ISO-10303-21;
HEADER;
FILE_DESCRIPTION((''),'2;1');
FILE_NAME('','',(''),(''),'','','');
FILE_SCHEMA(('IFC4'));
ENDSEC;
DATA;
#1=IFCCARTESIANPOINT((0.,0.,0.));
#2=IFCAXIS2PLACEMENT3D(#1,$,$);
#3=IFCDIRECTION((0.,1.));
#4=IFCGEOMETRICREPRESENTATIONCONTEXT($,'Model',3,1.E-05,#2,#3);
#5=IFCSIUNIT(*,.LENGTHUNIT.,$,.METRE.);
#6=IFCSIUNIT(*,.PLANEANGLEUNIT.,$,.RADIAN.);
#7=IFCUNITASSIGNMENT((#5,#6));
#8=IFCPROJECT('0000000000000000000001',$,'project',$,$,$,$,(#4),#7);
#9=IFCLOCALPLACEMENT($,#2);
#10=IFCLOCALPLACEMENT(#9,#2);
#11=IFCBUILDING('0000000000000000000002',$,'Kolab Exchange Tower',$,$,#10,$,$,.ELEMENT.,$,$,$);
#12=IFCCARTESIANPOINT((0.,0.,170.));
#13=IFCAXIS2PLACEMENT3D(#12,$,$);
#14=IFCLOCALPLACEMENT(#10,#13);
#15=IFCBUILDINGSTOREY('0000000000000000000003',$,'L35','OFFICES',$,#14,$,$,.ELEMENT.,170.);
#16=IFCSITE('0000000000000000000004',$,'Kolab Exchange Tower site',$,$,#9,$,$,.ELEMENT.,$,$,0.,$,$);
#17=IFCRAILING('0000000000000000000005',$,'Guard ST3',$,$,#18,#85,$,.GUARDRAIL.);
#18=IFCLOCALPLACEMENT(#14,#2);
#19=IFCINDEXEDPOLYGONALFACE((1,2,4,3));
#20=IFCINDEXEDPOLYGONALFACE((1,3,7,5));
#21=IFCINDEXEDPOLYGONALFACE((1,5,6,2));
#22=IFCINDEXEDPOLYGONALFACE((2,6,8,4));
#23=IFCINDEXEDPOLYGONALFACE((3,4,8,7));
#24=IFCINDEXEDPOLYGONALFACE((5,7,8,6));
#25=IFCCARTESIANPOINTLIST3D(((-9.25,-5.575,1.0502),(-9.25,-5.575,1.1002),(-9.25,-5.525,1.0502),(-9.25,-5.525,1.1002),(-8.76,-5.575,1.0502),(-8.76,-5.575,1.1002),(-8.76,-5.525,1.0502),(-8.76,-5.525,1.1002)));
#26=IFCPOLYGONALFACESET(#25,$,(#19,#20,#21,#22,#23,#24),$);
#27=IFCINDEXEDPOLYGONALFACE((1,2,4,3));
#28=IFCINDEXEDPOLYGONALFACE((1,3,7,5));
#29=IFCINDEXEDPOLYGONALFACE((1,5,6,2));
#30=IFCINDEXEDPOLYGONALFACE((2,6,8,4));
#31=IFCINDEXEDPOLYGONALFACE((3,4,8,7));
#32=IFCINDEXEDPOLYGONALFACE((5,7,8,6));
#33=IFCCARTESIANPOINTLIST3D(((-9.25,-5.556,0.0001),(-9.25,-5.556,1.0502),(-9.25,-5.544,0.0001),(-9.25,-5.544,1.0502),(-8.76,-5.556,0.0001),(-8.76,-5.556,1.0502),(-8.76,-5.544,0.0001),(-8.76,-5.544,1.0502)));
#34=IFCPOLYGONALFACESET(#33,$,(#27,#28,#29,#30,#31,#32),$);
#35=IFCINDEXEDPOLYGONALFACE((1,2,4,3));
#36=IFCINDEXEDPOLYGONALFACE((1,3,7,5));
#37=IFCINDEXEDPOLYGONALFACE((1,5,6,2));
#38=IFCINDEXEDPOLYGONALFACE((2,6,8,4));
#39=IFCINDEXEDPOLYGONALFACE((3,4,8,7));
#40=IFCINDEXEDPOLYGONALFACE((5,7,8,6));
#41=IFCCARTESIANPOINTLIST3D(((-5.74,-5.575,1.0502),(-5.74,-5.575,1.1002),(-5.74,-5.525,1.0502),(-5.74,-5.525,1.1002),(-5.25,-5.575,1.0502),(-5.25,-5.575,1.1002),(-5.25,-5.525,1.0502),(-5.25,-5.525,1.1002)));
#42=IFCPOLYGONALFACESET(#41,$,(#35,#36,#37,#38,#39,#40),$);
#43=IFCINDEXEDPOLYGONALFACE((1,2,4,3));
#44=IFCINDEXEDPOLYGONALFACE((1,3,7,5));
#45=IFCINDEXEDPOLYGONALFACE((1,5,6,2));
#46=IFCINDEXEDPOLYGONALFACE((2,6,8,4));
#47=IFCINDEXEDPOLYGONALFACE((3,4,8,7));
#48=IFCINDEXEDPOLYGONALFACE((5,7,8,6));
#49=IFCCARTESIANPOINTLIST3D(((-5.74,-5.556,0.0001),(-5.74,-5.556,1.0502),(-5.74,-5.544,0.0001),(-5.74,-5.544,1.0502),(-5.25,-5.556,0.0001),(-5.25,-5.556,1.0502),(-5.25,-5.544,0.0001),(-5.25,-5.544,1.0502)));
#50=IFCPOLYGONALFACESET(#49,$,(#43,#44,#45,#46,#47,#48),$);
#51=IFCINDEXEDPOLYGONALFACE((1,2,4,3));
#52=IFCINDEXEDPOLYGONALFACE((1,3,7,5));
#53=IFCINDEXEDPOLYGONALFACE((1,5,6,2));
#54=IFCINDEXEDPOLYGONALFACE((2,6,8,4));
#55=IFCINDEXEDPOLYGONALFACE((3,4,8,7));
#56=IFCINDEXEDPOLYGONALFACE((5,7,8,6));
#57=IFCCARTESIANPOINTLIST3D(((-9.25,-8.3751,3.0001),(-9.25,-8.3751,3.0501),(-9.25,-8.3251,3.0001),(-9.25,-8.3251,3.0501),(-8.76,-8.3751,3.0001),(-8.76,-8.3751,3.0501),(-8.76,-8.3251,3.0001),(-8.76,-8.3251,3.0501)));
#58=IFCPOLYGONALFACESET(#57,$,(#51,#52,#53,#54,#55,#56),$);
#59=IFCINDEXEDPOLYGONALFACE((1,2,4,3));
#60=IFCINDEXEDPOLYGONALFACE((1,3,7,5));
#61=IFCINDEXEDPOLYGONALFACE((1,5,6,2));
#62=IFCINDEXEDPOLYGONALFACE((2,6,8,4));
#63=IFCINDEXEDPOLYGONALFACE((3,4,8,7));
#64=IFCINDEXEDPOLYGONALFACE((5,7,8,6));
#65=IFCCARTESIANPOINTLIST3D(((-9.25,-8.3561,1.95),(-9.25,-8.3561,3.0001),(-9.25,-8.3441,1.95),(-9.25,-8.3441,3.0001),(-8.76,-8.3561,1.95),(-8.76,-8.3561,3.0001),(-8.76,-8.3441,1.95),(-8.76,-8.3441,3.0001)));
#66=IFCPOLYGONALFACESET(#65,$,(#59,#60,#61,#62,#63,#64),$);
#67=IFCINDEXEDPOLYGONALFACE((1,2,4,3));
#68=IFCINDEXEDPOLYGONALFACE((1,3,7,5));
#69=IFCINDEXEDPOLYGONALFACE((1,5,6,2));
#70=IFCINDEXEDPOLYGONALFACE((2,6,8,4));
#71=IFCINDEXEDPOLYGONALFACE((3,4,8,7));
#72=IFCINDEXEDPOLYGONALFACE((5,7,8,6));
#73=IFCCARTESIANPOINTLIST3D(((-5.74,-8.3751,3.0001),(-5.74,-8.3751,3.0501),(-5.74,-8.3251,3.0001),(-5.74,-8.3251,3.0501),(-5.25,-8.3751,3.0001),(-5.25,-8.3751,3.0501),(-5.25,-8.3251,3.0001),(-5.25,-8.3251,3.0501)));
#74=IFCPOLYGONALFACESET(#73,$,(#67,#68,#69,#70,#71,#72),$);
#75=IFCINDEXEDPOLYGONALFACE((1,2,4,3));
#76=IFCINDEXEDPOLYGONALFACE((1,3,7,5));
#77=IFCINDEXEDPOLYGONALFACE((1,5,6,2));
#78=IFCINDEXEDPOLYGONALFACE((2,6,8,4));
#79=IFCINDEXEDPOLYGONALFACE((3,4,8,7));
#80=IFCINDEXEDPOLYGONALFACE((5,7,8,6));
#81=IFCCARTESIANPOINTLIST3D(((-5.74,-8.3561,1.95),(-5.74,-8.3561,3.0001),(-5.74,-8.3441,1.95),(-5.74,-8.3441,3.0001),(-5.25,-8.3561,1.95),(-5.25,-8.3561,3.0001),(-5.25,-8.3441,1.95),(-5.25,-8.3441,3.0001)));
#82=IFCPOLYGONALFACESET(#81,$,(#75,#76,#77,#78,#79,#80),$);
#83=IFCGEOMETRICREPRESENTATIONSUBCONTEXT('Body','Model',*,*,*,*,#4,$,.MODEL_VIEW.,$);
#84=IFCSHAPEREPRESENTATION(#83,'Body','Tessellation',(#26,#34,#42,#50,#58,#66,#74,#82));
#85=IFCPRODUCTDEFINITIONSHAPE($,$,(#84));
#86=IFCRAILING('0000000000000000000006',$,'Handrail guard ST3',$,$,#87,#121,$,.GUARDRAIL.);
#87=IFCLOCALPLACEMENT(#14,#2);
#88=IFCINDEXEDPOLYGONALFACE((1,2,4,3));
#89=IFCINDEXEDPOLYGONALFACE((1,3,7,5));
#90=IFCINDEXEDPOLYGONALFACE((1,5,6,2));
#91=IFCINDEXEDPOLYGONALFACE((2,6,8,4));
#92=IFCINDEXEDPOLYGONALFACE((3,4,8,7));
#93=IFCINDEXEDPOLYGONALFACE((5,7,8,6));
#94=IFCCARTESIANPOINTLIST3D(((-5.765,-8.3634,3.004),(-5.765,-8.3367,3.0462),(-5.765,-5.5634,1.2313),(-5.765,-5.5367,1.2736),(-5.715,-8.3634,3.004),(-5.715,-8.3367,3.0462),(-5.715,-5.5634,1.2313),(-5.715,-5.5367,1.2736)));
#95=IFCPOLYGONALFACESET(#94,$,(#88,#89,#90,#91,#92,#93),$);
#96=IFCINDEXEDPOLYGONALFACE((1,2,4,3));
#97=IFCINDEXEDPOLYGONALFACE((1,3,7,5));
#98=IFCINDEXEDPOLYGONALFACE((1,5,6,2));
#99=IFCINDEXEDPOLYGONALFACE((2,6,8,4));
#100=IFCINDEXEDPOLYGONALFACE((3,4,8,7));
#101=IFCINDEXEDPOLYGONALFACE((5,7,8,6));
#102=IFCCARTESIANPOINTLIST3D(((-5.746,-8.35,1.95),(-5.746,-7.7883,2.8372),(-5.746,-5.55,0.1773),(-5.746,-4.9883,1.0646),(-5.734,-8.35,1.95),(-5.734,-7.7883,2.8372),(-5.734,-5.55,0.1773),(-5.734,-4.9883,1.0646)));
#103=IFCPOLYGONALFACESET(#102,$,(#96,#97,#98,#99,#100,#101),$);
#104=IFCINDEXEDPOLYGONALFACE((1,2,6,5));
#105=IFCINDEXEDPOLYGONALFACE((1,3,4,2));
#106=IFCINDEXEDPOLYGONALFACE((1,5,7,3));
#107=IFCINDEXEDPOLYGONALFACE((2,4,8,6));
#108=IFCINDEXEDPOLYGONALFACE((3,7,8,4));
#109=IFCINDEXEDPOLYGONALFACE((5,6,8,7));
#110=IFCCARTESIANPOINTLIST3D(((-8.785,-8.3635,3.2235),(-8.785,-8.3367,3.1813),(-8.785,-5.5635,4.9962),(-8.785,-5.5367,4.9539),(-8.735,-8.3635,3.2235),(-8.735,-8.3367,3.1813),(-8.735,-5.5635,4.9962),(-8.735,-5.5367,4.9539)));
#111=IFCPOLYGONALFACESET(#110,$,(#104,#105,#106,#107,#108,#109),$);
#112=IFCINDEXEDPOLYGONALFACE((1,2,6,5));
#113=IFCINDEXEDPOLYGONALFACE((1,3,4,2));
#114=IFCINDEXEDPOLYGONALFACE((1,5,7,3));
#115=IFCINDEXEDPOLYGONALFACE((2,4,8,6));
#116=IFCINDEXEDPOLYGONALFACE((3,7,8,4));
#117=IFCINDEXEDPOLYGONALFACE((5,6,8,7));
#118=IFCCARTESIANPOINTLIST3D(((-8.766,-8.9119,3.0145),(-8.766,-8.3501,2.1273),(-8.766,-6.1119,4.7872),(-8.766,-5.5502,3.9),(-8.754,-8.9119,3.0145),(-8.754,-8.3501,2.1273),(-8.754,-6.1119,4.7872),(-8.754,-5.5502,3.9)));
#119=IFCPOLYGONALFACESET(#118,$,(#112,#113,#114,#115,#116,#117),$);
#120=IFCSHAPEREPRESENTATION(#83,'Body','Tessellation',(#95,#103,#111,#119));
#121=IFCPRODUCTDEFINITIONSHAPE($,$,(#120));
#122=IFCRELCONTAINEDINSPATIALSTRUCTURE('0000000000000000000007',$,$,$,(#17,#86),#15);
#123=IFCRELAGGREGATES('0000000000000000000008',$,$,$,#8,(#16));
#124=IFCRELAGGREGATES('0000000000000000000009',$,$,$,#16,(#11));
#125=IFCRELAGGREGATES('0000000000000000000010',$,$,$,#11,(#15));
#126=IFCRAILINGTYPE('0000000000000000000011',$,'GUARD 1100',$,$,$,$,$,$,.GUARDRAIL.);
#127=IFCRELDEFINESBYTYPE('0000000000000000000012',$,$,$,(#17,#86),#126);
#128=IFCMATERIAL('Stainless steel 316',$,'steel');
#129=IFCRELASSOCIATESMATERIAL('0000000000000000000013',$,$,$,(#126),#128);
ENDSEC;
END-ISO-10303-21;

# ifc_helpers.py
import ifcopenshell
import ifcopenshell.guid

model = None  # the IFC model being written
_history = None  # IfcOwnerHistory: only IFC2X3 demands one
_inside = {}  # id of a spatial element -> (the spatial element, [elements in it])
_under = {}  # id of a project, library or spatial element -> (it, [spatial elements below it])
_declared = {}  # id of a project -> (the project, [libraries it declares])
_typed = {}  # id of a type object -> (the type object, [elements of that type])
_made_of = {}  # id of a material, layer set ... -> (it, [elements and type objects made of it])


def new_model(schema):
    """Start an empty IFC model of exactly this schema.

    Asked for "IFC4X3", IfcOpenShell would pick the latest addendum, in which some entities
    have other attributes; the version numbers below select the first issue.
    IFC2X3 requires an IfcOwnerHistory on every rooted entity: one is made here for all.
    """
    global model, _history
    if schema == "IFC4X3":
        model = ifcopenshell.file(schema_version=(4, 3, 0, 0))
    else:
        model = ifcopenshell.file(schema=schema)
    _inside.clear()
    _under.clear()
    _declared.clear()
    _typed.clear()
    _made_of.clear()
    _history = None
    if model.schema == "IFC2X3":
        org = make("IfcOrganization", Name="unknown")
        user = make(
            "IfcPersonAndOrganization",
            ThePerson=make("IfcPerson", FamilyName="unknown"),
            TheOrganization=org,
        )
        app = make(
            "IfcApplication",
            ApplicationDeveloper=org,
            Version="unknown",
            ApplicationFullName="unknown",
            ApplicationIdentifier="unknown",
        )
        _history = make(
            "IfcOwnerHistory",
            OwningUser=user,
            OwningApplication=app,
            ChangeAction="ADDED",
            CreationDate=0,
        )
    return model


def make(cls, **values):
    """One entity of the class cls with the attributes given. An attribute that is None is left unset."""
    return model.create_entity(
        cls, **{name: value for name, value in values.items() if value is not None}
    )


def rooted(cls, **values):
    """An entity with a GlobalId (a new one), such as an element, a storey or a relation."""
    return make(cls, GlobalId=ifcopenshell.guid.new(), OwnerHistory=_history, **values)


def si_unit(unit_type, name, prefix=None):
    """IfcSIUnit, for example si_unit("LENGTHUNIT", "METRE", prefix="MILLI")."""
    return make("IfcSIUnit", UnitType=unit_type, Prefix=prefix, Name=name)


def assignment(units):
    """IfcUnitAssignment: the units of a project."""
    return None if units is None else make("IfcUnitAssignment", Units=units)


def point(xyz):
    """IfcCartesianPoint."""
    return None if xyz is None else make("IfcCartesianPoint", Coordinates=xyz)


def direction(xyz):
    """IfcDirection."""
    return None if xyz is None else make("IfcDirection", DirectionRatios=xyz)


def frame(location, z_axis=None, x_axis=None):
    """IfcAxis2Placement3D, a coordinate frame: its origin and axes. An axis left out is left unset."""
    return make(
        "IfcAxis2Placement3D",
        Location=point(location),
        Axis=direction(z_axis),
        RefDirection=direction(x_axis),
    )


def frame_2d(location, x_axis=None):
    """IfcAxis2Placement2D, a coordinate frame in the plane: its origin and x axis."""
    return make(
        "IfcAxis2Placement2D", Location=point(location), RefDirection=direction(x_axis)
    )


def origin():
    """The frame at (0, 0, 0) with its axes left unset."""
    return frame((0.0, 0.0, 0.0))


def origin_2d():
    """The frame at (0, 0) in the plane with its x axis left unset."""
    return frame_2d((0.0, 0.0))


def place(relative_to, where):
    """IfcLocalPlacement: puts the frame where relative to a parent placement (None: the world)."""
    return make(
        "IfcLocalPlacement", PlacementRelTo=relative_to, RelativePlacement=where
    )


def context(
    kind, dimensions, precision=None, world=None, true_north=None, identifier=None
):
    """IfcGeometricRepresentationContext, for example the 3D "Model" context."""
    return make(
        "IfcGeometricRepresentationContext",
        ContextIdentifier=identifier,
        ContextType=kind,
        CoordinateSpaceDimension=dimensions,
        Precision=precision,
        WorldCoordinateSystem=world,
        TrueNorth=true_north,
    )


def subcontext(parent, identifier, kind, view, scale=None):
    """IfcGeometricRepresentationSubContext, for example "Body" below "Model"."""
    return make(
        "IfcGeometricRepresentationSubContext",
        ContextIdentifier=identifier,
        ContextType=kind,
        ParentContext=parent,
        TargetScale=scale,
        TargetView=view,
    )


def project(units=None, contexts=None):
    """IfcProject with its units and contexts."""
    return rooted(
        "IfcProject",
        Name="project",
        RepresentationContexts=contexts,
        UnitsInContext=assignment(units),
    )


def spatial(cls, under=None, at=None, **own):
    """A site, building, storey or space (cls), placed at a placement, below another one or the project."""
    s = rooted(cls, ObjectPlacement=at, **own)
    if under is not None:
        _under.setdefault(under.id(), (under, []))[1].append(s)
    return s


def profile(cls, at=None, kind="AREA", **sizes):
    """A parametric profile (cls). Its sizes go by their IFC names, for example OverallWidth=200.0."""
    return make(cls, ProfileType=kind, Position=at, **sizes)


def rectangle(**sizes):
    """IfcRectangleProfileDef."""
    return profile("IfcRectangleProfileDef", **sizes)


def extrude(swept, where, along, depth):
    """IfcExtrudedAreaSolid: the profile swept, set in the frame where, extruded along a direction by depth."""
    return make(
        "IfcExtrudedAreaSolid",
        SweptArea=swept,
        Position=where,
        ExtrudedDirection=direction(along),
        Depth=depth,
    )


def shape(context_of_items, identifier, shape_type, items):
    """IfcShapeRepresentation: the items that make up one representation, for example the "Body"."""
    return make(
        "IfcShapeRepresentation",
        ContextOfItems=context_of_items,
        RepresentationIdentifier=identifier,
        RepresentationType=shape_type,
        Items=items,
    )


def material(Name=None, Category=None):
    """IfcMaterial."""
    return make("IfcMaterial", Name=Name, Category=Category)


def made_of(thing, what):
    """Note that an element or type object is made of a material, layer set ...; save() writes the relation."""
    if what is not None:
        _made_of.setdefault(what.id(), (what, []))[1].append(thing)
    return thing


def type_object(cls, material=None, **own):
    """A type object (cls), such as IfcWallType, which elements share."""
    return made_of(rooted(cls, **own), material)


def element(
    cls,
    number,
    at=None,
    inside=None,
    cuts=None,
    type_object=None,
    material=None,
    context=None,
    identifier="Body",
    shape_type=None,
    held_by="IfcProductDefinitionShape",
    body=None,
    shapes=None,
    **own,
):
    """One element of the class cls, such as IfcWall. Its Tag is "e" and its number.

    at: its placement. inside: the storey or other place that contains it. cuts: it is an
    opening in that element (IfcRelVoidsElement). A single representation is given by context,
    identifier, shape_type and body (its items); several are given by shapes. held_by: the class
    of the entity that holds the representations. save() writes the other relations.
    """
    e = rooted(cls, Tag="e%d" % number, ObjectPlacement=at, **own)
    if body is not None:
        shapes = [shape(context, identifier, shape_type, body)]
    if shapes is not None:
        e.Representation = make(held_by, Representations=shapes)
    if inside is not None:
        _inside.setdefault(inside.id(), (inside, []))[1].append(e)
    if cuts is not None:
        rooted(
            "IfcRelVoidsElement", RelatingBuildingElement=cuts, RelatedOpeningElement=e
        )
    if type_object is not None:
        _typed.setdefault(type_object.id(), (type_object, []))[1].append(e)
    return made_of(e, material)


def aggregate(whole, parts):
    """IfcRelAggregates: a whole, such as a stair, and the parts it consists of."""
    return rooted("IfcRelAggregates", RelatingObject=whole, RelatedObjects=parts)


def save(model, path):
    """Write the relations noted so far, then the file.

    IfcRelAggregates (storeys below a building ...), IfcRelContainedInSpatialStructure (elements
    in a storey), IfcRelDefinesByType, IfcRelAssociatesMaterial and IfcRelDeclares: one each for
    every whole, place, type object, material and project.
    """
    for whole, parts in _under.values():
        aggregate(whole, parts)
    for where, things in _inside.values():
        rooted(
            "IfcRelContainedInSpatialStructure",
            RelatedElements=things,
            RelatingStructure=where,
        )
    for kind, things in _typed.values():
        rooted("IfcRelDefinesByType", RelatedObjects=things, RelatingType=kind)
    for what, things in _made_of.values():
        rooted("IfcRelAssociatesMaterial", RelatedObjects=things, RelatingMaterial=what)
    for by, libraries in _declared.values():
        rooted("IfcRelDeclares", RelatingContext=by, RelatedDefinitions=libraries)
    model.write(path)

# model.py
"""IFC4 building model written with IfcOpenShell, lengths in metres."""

from ifc_helpers import new_model, si_unit, direction, frame, frame_2d, origin, origin_2d, place, context, subcontext, project, spatial, rectangle, extrude, material, type_object, element, save


model = new_model("IFC4")

# Units and contexts
model_context = context("Model", 3, precision=1e-05, world=origin(), true_north=direction((0.0, 1.0)))
body_context = subcontext(model_context, "Body", "Model", "MODEL_VIEW")
ifc_project = project(units=[si_unit("LENGTHUNIT", "METRE"), si_unit("PLANEANGLEUNIT", "RADIAN")], contexts=[model_context])

# Site, building, storey
site_placement = place(None, origin())
site = spatial("IfcSite", under=ifc_project, at=site_placement, Name="Kolab Exchange Tower site", CompositionType="ELEMENT", RefElevation=0.0)
building_placement = place(site_placement, origin())
building = spatial("IfcBuilding", under=site, at=building_placement, Name="Kolab Exchange Tower", CompositionType="ELEMENT")
storey_placement = place(building_placement, frame((0.0, 0.0, 170.0)))
storey = spatial("IfcBuildingStorey", under=building, at=storey_placement, Name="L35", Description="OFFICES", CompositionType="ELEMENT", Elevation=170.0)

# Shared definitions
ifc_material_1 = material(Name="Stainless steel 316", Category="steel")

# Railings
railing_type = type_object("IfcRailingType", Name="GUARD 1100", PredefinedType="GUARDRAIL", material=ifc_material_1)
railing_1_placement = place(storey_placement, frame((-9.25, -5.55, 0.0)))
element("IfcRailing", 1, at=railing_1_placement, inside=storey, type_object=railing_type, Name="Guard ST3", PredefinedType="GUARDRAIL", context=body_context, shape_type="SweptSolid", body=[
    extrude(rectangle(XDim=0.05, YDim=0.05, at=origin_2d()), frame((0.0, 0.0, 1.0752), z_axis=(1.0, 0.0, 0.0), x_axis=(0.0, 1.0, 0.0)), (0.0, 0.0, 1.0), 0.49),
    extrude(rectangle(XDim=0.012, YDim=1.0501, at=frame_2d((0.0, 0.5251))), frame((0.0, 0.0, 0.0), z_axis=(1.0, 0.0, 0.0), x_axis=(0.0, 1.0, 0.0)), (0.0, 0.0, 1.0), 0.49),
    extrude(rectangle(XDim=0.05, YDim=0.05, at=origin_2d()), frame((3.51, 0.0, 1.0752), z_axis=(1.0, 0.0, 0.0), x_axis=(0.0, 1.0, 0.0)), (0.0, 0.0, 1.0), 0.49),
    extrude(rectangle(XDim=0.012, YDim=1.0501, at=frame_2d((0.0, 0.5251))), frame((3.51, 0.0, 0.0), z_axis=(1.0, 0.0, 0.0), x_axis=(0.0, 1.0, 0.0)), (0.0, 0.0, 1.0), 0.49),
    extrude(rectangle(XDim=0.05, YDim=0.05, at=origin_2d()), frame((0.0, -2.8, 3.0251), z_axis=(1.0, 0.0, 0.0), x_axis=(0.0, 1.0, 0.0)), (0.0, 0.0, 1.0), 0.49),
    extrude(rectangle(XDim=0.012, YDim=1.0501, at=frame_2d((0.0, 0.5251))), frame((0.0, -2.8, 1.95), z_axis=(1.0, 0.0, 0.0), x_axis=(0.0, 1.0, 0.0)), (0.0, 0.0, 1.0), 0.49),
    extrude(rectangle(XDim=0.05, YDim=0.05, at=origin_2d()), frame((3.51, -2.8, 3.0251), z_axis=(1.0, 0.0, 0.0), x_axis=(0.0, 1.0, 0.0)), (0.0, 0.0, 1.0), 0.49),
    extrude(rectangle(XDim=0.012, YDim=1.0501, at=frame_2d((0.0, 0.5251))), frame((3.51, -2.8, 1.95), z_axis=(1.0, 0.0, 0.0), x_axis=(0.0, 1.0, 0.0)), (0.0, 0.0, 1.0), 0.49),
])
railing_2_placement = place(storey_placement, frame((-5.74, -5.55, 0.1772)))
element("IfcRailing", 2, at=railing_2_placement, inside=storey, type_object=railing_type, Name="Handrail guard ST3", PredefinedType="GUARDRAIL", context=body_context, shape_type="SweptSolid", body=[
    extrude(rectangle(XDim=0.05, YDim=0.05, at=origin_2d()), frame((0.0, 0.0, 1.0752), z_axis=(0.0, -0.844909, 0.53491), x_axis=(1.0, 0.0, 0.0)), (0.0, 0.0, 1.0), 3.314),
    extrude(rectangle(XDim=0.012, YDim=1.0501, at=frame_2d((0.0, 0.5251))), frame((0.0, 0.0, 0.0), z_axis=(0.0, -0.844909, 0.53491), x_axis=(1.0, 0.0, 0.0)), (0.0, 0.0, 1.0), 3.314),
    extrude(rectangle(XDim=0.05, YDim=0.05, at=origin_2d()), frame((-3.02, -2.8, 3.0251), z_axis=(0.0, 0.844909, 0.53491), x_axis=(-1.0, 0.0, 0.0)), (0.0, 0.0, 1.0), 3.314),
    extrude(rectangle(XDim=0.012, YDim=1.0501, at=frame_2d((0.0, 0.5251))), frame((-3.02, -2.8, 1.95), z_axis=(0.0, 0.844909, 0.53491), x_axis=(-1.0, 0.0, 0.0)), (0.0, 0.0, 1.0), 3.314),
])

save(model, "model.ifc")
